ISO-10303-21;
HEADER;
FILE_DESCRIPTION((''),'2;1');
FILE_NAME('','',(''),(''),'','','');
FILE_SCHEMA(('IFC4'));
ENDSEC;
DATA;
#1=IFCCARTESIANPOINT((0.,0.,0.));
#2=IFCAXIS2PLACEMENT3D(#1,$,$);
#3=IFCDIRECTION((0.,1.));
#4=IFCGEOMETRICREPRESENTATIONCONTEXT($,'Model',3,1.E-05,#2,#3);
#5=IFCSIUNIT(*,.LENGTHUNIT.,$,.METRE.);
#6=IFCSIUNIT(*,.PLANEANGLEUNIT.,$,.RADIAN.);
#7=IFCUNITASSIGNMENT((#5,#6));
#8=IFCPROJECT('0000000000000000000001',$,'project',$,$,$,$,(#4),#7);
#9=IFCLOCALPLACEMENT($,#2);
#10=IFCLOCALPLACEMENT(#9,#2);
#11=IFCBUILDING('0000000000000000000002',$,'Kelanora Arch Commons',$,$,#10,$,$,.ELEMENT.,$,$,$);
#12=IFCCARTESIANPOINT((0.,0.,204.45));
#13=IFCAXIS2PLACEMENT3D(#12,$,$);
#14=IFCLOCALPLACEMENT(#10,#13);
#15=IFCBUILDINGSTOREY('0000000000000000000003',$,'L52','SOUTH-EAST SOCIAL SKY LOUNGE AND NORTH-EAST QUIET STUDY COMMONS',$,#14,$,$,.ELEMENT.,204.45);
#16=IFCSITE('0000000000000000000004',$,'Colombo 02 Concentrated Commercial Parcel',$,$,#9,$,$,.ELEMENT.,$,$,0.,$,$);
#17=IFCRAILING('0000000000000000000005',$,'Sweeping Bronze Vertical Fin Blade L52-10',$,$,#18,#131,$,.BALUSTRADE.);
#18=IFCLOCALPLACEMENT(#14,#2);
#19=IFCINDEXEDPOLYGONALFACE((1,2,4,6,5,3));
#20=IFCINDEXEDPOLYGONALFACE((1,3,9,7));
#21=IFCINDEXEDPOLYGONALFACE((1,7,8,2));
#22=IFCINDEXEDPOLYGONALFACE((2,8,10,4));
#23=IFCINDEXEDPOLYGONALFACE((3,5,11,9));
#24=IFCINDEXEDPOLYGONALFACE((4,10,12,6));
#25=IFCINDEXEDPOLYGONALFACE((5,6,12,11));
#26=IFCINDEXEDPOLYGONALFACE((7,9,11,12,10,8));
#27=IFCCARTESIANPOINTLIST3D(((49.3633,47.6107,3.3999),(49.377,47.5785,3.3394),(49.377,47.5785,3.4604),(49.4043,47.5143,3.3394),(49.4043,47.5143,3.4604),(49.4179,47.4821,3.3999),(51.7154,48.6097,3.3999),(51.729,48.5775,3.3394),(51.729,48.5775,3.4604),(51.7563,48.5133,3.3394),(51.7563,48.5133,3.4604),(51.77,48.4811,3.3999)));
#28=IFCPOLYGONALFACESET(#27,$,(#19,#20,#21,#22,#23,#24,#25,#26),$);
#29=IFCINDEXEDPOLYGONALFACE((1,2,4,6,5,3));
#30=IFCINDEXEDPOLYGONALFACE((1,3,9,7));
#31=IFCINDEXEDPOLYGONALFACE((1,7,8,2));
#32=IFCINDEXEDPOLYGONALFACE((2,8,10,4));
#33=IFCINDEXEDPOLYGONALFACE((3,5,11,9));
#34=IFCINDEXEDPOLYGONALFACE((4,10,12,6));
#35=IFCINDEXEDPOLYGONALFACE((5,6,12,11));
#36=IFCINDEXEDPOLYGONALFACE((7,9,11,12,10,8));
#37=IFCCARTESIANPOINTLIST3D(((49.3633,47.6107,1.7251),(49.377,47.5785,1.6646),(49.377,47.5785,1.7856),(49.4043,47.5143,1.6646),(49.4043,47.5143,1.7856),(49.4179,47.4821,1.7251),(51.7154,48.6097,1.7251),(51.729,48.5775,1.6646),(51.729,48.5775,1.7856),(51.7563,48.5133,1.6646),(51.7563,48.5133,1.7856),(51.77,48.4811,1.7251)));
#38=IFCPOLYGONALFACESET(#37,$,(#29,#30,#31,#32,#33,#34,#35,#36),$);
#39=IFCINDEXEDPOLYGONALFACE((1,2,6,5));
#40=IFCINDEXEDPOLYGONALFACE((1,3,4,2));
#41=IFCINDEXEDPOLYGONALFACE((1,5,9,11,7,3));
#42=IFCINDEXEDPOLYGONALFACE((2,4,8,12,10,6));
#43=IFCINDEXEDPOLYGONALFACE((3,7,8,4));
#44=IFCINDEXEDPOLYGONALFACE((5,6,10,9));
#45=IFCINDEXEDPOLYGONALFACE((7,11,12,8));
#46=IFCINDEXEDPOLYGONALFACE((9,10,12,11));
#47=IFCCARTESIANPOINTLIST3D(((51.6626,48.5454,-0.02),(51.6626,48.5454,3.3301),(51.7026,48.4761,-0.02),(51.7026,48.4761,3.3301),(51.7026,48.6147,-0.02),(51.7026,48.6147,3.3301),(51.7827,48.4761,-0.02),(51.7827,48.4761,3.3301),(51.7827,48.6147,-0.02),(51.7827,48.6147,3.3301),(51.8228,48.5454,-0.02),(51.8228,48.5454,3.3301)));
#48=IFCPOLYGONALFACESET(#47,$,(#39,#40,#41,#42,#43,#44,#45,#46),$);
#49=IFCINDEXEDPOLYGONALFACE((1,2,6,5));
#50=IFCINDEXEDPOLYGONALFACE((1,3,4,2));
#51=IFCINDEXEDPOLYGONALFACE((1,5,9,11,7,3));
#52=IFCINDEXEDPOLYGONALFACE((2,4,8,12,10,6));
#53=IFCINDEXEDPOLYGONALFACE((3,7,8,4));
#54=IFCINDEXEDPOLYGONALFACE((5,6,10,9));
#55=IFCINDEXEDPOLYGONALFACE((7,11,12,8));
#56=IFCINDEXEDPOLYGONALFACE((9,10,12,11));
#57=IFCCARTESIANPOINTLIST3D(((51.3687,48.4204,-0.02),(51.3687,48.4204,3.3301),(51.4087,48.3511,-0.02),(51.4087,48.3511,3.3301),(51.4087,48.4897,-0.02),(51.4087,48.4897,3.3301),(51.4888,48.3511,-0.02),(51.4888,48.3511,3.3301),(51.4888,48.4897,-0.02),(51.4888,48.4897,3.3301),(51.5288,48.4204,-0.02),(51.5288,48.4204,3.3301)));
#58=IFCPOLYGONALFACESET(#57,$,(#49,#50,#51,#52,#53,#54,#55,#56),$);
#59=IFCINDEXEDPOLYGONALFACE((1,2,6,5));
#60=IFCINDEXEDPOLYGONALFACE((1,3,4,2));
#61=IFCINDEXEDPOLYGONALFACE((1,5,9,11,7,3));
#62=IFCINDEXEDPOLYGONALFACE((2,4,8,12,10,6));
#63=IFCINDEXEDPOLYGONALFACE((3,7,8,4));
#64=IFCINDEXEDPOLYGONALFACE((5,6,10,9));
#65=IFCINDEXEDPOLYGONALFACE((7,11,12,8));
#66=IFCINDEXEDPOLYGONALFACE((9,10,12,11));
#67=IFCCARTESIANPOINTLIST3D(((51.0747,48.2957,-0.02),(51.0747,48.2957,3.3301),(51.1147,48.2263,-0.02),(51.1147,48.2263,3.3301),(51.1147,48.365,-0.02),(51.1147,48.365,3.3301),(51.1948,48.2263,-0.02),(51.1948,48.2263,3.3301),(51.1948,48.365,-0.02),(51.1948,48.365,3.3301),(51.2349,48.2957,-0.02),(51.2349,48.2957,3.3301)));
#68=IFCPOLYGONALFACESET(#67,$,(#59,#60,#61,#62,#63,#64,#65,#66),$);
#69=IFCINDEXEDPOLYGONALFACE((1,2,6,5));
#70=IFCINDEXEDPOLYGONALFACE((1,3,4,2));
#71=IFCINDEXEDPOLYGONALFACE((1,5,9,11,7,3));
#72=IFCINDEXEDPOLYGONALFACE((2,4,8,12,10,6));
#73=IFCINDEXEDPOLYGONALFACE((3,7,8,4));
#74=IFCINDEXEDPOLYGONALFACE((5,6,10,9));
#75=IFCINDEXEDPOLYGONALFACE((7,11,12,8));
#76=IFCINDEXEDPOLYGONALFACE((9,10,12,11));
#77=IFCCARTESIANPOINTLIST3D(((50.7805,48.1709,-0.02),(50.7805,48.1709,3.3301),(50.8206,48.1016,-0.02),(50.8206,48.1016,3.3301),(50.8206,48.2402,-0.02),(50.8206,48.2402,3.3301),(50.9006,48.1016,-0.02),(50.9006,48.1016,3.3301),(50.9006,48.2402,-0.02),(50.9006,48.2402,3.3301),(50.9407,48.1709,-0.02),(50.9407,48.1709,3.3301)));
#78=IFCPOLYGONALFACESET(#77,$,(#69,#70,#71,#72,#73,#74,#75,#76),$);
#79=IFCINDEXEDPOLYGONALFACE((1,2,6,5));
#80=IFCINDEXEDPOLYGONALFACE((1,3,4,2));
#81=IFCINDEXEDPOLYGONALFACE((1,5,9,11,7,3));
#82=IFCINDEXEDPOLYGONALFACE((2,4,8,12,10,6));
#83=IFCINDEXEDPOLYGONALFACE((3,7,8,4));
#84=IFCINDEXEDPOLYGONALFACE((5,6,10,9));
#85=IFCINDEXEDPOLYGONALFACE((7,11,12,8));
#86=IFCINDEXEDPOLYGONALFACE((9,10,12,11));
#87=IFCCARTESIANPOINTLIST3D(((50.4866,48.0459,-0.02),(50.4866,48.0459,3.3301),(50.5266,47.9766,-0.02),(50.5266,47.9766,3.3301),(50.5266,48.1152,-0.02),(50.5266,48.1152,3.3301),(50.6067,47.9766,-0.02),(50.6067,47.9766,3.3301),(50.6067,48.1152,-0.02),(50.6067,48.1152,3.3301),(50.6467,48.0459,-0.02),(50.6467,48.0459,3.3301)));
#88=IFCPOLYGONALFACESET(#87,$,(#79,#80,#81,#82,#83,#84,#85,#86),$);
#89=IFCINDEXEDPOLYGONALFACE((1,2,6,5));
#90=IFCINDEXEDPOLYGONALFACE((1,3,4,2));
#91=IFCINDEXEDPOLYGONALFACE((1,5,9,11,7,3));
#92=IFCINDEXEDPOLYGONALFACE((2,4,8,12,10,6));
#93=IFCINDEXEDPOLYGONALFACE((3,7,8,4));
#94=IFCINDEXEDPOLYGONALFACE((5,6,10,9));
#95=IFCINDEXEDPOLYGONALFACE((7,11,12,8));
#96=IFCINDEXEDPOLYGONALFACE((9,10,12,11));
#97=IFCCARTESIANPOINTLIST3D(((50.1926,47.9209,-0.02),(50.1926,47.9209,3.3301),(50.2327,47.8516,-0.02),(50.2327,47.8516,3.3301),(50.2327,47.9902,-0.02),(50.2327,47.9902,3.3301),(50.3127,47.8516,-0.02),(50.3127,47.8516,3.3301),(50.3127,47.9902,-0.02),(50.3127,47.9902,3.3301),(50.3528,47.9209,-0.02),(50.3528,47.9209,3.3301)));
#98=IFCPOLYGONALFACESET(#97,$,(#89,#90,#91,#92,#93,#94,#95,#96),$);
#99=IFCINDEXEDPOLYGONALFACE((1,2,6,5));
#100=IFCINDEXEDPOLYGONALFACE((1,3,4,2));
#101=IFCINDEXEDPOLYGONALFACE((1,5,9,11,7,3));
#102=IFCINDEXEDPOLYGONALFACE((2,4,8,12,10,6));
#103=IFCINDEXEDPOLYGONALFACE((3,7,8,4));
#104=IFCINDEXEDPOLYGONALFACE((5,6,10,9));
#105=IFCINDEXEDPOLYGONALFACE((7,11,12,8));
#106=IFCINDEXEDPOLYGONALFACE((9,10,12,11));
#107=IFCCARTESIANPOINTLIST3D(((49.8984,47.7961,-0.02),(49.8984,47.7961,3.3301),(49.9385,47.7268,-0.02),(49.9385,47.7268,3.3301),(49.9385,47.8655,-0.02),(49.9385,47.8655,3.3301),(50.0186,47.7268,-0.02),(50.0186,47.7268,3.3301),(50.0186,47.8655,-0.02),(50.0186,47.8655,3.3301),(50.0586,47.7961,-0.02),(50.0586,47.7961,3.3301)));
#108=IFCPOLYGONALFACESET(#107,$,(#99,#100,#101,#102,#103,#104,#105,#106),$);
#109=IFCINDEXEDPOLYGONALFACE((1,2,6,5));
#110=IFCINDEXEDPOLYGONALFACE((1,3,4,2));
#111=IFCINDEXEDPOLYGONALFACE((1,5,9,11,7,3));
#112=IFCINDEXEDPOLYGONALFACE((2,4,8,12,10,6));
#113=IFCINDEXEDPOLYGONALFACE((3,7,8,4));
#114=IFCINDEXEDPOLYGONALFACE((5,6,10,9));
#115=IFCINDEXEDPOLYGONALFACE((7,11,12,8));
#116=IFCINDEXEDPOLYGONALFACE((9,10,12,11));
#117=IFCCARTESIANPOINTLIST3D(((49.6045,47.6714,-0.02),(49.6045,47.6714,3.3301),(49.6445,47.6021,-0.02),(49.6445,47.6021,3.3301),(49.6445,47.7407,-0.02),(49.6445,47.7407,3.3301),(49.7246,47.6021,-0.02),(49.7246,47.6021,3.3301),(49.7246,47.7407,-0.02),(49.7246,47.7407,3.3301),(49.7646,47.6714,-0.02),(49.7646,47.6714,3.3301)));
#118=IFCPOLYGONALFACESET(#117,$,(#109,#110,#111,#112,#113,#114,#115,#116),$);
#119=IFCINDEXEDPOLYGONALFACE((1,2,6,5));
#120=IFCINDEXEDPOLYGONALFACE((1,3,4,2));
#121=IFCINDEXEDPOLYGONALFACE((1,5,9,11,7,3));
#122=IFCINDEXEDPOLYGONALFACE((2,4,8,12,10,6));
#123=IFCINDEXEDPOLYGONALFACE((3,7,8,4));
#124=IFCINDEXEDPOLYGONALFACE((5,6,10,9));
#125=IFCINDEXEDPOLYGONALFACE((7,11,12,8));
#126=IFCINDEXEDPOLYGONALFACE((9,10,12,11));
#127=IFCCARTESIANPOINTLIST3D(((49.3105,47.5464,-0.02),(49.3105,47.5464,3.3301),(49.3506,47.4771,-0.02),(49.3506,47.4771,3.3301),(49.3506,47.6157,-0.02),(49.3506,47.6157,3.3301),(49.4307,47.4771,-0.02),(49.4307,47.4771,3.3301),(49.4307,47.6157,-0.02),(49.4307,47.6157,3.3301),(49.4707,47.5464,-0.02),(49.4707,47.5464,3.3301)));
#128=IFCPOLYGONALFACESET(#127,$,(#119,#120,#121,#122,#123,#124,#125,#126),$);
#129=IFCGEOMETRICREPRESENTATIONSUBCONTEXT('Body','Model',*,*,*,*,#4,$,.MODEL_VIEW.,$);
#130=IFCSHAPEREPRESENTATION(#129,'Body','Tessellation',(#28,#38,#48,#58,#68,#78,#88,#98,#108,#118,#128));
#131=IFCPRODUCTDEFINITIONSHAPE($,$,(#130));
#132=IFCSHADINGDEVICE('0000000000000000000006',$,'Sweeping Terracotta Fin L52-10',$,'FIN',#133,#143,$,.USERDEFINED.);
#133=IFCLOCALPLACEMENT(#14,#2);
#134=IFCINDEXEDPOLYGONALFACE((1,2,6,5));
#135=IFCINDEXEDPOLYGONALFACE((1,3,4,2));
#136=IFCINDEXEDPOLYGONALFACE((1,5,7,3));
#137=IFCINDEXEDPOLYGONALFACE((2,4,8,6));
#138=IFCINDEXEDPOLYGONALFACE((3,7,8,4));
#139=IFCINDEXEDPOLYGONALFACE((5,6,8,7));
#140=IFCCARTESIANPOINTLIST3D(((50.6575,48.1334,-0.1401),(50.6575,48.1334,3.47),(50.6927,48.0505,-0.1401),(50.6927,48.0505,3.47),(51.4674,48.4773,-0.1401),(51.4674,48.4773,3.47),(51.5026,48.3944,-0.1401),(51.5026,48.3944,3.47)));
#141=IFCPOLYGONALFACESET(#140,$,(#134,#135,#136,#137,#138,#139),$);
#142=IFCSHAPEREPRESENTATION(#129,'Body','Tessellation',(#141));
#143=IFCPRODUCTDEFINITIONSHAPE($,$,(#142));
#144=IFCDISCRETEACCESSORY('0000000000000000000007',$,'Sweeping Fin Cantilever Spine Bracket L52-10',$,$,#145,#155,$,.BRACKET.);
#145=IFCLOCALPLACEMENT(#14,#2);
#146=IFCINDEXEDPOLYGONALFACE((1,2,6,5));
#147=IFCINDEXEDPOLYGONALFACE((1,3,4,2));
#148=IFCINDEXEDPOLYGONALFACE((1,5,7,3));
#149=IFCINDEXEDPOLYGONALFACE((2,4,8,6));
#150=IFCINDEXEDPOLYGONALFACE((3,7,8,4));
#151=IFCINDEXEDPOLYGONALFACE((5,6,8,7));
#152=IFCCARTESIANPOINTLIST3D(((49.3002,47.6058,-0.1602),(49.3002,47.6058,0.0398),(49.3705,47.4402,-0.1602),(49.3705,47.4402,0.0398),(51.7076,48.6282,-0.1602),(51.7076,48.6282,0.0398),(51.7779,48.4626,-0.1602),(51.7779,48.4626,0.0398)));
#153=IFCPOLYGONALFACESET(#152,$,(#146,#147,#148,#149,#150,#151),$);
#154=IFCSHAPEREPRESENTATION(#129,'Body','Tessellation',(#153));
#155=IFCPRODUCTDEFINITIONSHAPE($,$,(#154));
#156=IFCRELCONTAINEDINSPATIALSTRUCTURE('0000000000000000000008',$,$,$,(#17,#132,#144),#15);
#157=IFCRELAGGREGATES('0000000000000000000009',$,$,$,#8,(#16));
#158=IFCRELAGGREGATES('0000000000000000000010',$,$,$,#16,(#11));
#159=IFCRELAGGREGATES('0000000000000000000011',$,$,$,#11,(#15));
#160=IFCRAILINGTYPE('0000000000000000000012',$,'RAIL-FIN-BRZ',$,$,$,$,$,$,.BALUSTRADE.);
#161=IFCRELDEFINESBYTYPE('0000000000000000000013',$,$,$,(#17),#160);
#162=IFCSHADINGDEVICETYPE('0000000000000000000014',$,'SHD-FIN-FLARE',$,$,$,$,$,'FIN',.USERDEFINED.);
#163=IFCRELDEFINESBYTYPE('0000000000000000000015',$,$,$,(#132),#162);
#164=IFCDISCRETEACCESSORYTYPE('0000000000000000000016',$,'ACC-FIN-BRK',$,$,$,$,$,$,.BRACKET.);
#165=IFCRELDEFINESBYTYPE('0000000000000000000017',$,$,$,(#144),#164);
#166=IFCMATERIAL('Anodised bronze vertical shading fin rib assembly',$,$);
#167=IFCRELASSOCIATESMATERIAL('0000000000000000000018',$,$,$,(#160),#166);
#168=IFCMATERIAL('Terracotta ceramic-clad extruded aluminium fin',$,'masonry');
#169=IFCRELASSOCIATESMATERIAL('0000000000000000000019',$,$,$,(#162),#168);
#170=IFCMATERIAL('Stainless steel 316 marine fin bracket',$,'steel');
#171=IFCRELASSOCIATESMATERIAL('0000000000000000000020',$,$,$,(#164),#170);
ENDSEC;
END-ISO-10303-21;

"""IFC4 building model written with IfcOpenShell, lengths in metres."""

from ifc_helpers import new_model, si_unit, direction, frame, origin, origin_2d, place, context, subcontext, project, spatial, polyline, rectangle, outline, extrude, source, transform, mapped, material, type_object, element, save


model = new_model("IFC4")

# Units and contexts
model_context = context("Model", 3, precision=1e-05, world=origin(), true_north=direction((0.0, 1.0)))
body_context = subcontext(model_context, "Body", "Model", "MODEL_VIEW")
ifc_project = project(units=[si_unit("LENGTHUNIT", "METRE"), si_unit("PLANEANGLEUNIT", "RADIAN")], contexts=[model_context])

# Site, building, storey
site_placement = place(None, origin())
site = spatial("IfcSite", under=ifc_project, at=site_placement, Name="Colombo 02 Concentrated Commercial Parcel", CompositionType="ELEMENT", RefElevation=0.0)
building_placement = place(site_placement, origin())
building = spatial("IfcBuilding", under=site, at=building_placement, Name="Kelanora Arch Commons", CompositionType="ELEMENT")
storey_placement = place(building_placement, frame((0.0, 0.0, 204.45)))
storey = spatial("IfcBuildingStorey", under=building, at=storey_placement, Name="L52", Description="SOUTH-EAST SOCIAL SKY LOUNGE AND NORTH-EAST QUIET STUDY COMMONS", CompositionType="ELEMENT", Elevation=204.45)

# Railing
ifc_material_1 = material(Name="Anodised bronze vertical shading fin rib assembly")
railing_type = type_object("IfcRailingType", Name="RAIL-FIN-BRZ", PredefinedType="BALUSTRADE", material=ifc_material_1)
railing_placement = place(storey_placement, frame((51.7427, 48.5454, -0.02)))
element("IfcRailing", 1, at=railing_placement, inside=storey, type_object=railing_type, Name="Sweeping Bronze Vertical Fin Blade L52-10", PredefinedType="BALUSTRADE", context=body_context, shape_type="SweptSolid", body=[
    extrude(outline(polyline([(0.0698, 0.0), (0.0349, 0.0605), (-0.0349, 0.0605), (-0.0698, 0.0), (-0.0349, -0.0605), (0.0349, -0.0605), (0.0698, 0.0)])), frame((0.0, 0.0, 3.4199), z_axis=(-0.920415, -0.390942, 0.0), x_axis=(0.390942, -0.920415, 0.0)), (0.0, 0.0, 1.0), 2.5554),
    extrude(outline(polyline([(0.0698, 0.0), (0.0349, 0.0605), (-0.0349, 0.0605), (-0.0698, 0.0), (-0.0349, -0.0605), (0.0349, -0.0605), (0.0698, 0.0)])), frame((0.0, 0.0, 1.7451), z_axis=(-0.920415, -0.390942, 0.0), x_axis=(0.390942, -0.920415, 0.0)), (0.0, 0.0, 1.0), 2.5554),
    extrude(outline(polyline([(0.0801, 0.0), (0.04, 0.0693), (-0.04, 0.0693), (-0.0801, 0.0), (-0.04, -0.0693), (0.04, -0.0693), (0.0801, 0.0)])), origin(), (0.0, 0.0, 1.0), 3.3501),
    extrude(outline(polyline([(0.0801, 0.0), (0.04, 0.0693), (-0.04, 0.0693), (-0.0801, 0.0), (-0.04, -0.0693), (0.04, -0.0693), (0.0801, 0.0)])), frame((-0.2939, -0.125, 0.0)), (0.0, 0.0, 1.0), 3.3501),
    extrude(outline(polyline([(0.0801, 0.0), (0.04, 0.0693), (-0.04, 0.0693), (-0.0801, 0.0), (-0.04, -0.0693), (0.04, -0.0693), (0.0801, 0.0)])), frame((-0.5879, -0.2498, 0.0)), (0.0, 0.0, 1.0), 3.3501),
    extrude(outline(polyline([(0.0801, 0.0), (0.04, 0.0693), (-0.04, 0.0693), (-0.0801, 0.0), (-0.04, -0.0693), (0.04, -0.0693), (0.0801, 0.0)])), frame((-0.8821, -0.3745, 0.0)), (0.0, 0.0, 1.0), 3.3501),
    extrude(outline(polyline([(0.0801, 0.0), (0.04, 0.0693), (-0.04, 0.0693), (-0.0801, 0.0), (-0.04, -0.0693), (0.04, -0.0693), (0.0801, 0.0)])), frame((-1.176, -0.4995, 0.0)), (0.0, 0.0, 1.0), 3.3501),
    extrude(outline(polyline([(0.0801, 0.0), (0.04, 0.0693), (-0.04, 0.0693), (-0.0801, 0.0), (-0.04, -0.0693), (0.04, -0.0693), (0.0801, 0.0)])), frame((-1.47, -0.6245, 0.0)), (0.0, 0.0, 1.0), 3.3501),
    extrude(outline(polyline([(0.0801, 0.0), (0.04, 0.0693), (-0.04, 0.0693), (-0.0801, 0.0), (-0.04, -0.0693), (0.04, -0.0693), (0.0801, 0.0)])), frame((-1.7642, -0.7493, 0.0)), (0.0, 0.0, 1.0), 3.3501),
    extrude(outline(polyline([(0.0801, 0.0), (0.04, 0.0693), (-0.04, 0.0693), (-0.0801, 0.0), (-0.04, -0.0693), (0.04, -0.0693), (0.0801, 0.0)])), frame((-2.0581, -0.874, 0.0)), (0.0, 0.0, 1.0), 3.3501),
    extrude(outline(polyline([(0.0801, 0.0), (0.04, 0.0693), (-0.04, 0.0693), (-0.0801, 0.0), (-0.04, -0.0693), (0.04, -0.0693), (0.0801, 0.0)])), frame((-2.3521, -0.999, 0.0)), (0.0, 0.0, 1.0), 3.3501),
])

# Shading device
ifc_material_2 = material(Name="Terracotta ceramic-clad extruded aluminium fin", Category="masonry")
shading_device_type = type_object("IfcShadingDeviceType", Name="SHD-FIN-FLARE", ElementType="FIN", PredefinedType="USERDEFINED", material=ifc_material_2)
shared_shape_1 = source(origin(), body_context, "Body", "SweptSolid", [
    extrude(rectangle(XDim=0.8799, YDim=0.0901, at=origin_2d()), origin(), (0.0, 0.0, 1.0), 3.6101),
])
shading_device_placement = place(storey_placement, frame((51.0801, 48.2639, -0.1401), z_axis=(0.0, 0.0, 1.0), x_axis=(-0.920437, -0.390892, 0.0)))
element("IfcShadingDevice", 2, at=shading_device_placement, inside=storey, type_object=shading_device_type, Name="Sweeping Terracotta Fin L52-10", ObjectType="FIN", PredefinedType="USERDEFINED", context=body_context, shape_type="MappedRepresentation", body=[
    mapped(shared_shape_1, transform((0.0, 0.0, 0.0), scale=1.0)),
])

# Discrete accessory
ifc_material_3 = material(Name="Stainless steel 316 marine fin bracket", Category="steel")
discrete_accessory_type = type_object("IfcDiscreteAccessoryType", Name="ACC-FIN-BRK", PredefinedType="BRACKET", material=ifc_material_3)
shared_shape_2 = source(origin(), body_context, "Body", "SweptSolid", [
    extrude(rectangle(XDim=2.6155, YDim=0.1799, at=origin_2d()), origin(), (0.0, 0.0, 1.0), 0.2),
])
discrete_accessory_placement = place(storey_placement, frame((50.5391, 48.0342, -0.1602), z_axis=(0.0, 0.0, 1.0), x_axis=(-0.920437, -0.390892, 0.0)))
element("IfcDiscreteAccessory", 3, at=discrete_accessory_placement, inside=storey, type_object=discrete_accessory_type, Name="Sweeping Fin Cantilever Spine Bracket L52-10", PredefinedType="BRACKET", context=body_context, shape_type="MappedRepresentation", body=[
    mapped(shared_shape_2, transform((0.0, 0.0, 0.0), scale=1.0)),
])

save(model, "model.ifc")
